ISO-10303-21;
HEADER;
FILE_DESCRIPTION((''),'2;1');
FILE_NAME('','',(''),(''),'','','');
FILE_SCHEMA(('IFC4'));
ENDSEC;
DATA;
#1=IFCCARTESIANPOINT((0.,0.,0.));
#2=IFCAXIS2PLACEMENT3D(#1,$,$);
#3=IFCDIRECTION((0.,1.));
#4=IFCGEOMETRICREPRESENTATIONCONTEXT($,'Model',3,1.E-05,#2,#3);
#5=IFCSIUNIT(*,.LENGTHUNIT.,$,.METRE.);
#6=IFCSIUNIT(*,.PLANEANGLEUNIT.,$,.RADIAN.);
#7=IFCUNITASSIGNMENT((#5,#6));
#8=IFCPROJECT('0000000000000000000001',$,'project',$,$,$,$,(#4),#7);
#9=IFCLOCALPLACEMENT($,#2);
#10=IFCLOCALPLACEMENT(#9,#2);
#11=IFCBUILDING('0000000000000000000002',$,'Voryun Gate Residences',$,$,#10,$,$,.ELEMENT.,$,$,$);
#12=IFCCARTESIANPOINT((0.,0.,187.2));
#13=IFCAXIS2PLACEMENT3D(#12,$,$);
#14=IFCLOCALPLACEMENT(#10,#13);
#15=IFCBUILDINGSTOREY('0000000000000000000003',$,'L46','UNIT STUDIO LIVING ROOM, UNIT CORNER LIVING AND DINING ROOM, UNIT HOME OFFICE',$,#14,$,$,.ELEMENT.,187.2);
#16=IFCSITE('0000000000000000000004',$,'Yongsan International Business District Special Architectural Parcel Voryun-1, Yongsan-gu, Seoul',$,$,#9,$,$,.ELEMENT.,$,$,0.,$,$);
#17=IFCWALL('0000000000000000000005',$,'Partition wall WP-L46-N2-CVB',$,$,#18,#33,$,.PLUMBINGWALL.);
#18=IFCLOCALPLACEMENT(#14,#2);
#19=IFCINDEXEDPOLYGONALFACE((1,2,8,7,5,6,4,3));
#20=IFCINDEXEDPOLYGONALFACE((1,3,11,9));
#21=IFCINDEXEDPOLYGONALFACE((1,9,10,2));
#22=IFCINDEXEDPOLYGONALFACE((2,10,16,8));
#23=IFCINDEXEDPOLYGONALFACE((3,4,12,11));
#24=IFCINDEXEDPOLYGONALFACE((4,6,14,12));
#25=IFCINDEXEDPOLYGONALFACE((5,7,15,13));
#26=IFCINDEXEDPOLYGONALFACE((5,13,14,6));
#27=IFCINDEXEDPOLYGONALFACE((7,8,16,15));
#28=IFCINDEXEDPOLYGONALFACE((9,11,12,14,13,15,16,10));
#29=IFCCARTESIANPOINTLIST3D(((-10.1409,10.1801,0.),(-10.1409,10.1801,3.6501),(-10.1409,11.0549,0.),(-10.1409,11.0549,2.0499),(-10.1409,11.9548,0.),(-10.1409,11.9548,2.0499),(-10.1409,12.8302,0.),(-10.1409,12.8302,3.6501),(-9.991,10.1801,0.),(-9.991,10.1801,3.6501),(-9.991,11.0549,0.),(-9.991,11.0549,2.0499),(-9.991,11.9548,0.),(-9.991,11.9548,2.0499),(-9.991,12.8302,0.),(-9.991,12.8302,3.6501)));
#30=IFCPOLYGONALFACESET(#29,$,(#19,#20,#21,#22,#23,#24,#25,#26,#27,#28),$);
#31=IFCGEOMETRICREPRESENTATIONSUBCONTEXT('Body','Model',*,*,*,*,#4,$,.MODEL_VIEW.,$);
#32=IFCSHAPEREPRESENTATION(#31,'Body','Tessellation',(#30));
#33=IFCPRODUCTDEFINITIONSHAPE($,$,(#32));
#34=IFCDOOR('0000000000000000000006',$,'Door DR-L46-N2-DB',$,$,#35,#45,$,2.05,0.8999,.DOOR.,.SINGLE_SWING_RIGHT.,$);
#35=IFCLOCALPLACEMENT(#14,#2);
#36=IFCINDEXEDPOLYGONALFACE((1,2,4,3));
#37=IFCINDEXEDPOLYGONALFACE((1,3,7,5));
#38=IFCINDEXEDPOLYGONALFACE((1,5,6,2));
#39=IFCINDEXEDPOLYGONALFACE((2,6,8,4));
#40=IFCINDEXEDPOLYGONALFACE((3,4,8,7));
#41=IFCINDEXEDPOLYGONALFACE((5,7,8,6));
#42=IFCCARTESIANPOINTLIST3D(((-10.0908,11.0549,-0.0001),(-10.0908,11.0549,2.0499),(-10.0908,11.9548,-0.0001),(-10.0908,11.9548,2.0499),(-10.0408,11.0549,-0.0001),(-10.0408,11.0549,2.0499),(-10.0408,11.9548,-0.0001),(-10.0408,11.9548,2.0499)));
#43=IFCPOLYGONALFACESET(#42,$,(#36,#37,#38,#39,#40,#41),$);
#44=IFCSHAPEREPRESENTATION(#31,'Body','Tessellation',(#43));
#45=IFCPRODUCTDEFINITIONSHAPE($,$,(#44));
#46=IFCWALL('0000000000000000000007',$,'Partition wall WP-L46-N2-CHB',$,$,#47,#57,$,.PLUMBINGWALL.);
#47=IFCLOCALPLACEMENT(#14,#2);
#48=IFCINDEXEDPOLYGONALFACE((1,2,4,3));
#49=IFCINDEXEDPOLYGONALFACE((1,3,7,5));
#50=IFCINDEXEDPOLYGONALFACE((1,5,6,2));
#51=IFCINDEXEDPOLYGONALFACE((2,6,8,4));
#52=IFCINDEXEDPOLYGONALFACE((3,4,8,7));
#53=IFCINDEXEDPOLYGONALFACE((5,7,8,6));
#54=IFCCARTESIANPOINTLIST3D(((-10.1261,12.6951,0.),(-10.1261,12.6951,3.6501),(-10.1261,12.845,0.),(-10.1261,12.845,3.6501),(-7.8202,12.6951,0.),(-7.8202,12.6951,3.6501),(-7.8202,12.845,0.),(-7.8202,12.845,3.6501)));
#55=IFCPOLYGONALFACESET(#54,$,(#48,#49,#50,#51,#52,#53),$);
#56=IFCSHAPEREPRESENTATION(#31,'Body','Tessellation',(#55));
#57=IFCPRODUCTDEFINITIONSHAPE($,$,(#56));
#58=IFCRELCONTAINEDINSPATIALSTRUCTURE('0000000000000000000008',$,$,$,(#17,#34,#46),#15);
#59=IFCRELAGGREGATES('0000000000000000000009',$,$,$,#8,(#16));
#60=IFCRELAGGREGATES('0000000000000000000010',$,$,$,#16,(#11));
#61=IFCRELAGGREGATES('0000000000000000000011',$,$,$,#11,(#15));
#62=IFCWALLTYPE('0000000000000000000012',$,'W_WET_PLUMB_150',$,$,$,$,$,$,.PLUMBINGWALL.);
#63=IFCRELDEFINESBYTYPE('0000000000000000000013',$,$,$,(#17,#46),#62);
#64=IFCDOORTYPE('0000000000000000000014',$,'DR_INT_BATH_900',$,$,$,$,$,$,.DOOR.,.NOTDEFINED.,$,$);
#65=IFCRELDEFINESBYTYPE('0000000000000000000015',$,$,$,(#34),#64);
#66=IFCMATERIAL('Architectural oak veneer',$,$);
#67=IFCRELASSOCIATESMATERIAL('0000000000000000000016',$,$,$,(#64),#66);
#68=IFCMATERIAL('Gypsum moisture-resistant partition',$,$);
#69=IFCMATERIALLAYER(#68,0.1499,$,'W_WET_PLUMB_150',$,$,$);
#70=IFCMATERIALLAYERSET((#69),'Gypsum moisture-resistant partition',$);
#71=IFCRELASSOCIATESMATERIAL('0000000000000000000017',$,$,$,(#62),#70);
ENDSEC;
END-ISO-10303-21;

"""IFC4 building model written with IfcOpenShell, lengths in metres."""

from ifc_helpers import new_model, si_unit, direction, frame, frame_2d, origin, place, context, subcontext, project, spatial, rectangle, extrude, material, layer, layer_set, type_object, element, fill, save


model = new_model("IFC4")

# Units and contexts
model_context = context("Model", 3, precision=1e-05, world=origin(), true_north=direction((0.0, 1.0)))
body_context = subcontext(model_context, "Body", "Model", "MODEL_VIEW")
ifc_project = project(units=[si_unit("LENGTHUNIT", "METRE"), si_unit("PLANEANGLEUNIT", "RADIAN")], contexts=[model_context])

# Site, building, storey
site_placement = place(None, origin())
site = spatial("IfcSite", under=ifc_project, at=site_placement, Name="Yongsan International Business District Special Architectural Parcel Voryun-1, Yongsan-gu, Seoul", CompositionType="ELEMENT", RefElevation=0.0)
building_placement = place(site_placement, origin())
building = spatial("IfcBuilding", under=site, at=building_placement, Name="Voryun Gate Residences", CompositionType="ELEMENT")
storey_placement = place(building_placement, frame((0.0, 0.0, 187.2)))
storey = spatial("IfcBuildingStorey", under=building, at=storey_placement, Name="L46", Description="UNIT STUDIO LIVING ROOM, UNIT CORNER LIVING AND DINING ROOM, UNIT HOME OFFICE", CompositionType="ELEMENT", Elevation=187.2)

# Shared definitions
ifc_material_1 = material(Name="Architectural oak veneer")
door_type = type_object("IfcDoorType", Name="DR_INT_BATH_900", OperationType="NOTDEFINED", PredefinedType="DOOR", material=ifc_material_1)

# Wall, opening, door
ifc_material_2 = material(Name="Gypsum moisture-resistant partition")
ifc_layer_1 = layer(ifc_material_2, 0.1499, Name="W_WET_PLUMB_150")
ifc_layer_set_1 = layer_set([ifc_layer_1], Name="Gypsum moisture-resistant partition")
wall_type_1 = type_object("IfcWallType", Name="W_WET_PLUMB_150", PredefinedType="PLUMBINGWALL", material=ifc_layer_set_1)
wall_1_placement = place(storey_placement, frame((-10.0659, 10.1799, 0.0), z_axis=(0.0, 0.0, 1.0), x_axis=(0.0, 1.0, 0.0)))
wall_1 = element("IfcWall", 1, at=wall_1_placement, inside=storey, type_object=wall_type_1, Name="Partition wall WP-L46-N2-CVB", PredefinedType="PLUMBINGWALL", context=body_context, shape_type="SweptSolid", body=[
    extrude(rectangle(XDim=2.6501, YDim=0.1499, at=frame_2d((1.3252, 0.0))), origin(), (0.0, 0.0, 1.0), 3.6501),
])
opening_1_placement = place(wall_1_placement, frame((0.875, 0.0, 0.0)))
opening_1 = element("IfcOpeningElement", 2, at=opening_1_placement, cuts=wall_1, PredefinedType="OPENING", context=body_context, shape_type="SweptSolid", body=[
    extrude(rectangle(XDim=0.8999, YDim=2.05, at=frame_2d((0.45, 1.0249))), frame((0.0, 0.085, 0.0), z_axis=(0.0, -1.0, 0.0), x_axis=(1.0, 0.0, 0.0)), (0.0, 0.0, 1.0), 0.1699),
])
door_1_placement = place(opening_1_placement, origin())
door_1 = element("IfcDoor", 3, at=door_1_placement, inside=storey, type_object=door_type, Name="Door DR-L46-N2-DB", OperationType="SINGLE_SWING_RIGHT", OverallHeight=2.05, OverallWidth=0.8999, PredefinedType="DOOR", context=body_context, shape_type="SweptSolid", body=[
    extrude(rectangle(XDim=0.8999, YDim=2.05, at=frame_2d((0.45, 1.0249))), frame((0.0, 0.0249, 0.0), z_axis=(0.0, -1.0, 0.0), x_axis=(1.0, 0.0, 0.0)), (0.0, 0.0, 1.0), 0.05),
])
fill(opening_1, door_1)

# Wall
wall_2_placement = place(storey_placement, frame((-10.126, 12.77, 0.0), z_axis=(0.0, 0.0, 1.0), x_axis=(1.0, 0.0, 0.0)))
element("IfcWall", 4, at=wall_2_placement, inside=storey, type_object=wall_type_1, Name="Partition wall WP-L46-N2-CHB", PredefinedType="PLUMBINGWALL", context=body_context, shape_type="SweptSolid", body=[
    extrude(rectangle(XDim=2.3059, YDim=0.1499, at=frame_2d((1.1528, 0.0))), origin(), (0.0, 0.0, 1.0), 3.6501),
])

save(model, "model.ifc")
